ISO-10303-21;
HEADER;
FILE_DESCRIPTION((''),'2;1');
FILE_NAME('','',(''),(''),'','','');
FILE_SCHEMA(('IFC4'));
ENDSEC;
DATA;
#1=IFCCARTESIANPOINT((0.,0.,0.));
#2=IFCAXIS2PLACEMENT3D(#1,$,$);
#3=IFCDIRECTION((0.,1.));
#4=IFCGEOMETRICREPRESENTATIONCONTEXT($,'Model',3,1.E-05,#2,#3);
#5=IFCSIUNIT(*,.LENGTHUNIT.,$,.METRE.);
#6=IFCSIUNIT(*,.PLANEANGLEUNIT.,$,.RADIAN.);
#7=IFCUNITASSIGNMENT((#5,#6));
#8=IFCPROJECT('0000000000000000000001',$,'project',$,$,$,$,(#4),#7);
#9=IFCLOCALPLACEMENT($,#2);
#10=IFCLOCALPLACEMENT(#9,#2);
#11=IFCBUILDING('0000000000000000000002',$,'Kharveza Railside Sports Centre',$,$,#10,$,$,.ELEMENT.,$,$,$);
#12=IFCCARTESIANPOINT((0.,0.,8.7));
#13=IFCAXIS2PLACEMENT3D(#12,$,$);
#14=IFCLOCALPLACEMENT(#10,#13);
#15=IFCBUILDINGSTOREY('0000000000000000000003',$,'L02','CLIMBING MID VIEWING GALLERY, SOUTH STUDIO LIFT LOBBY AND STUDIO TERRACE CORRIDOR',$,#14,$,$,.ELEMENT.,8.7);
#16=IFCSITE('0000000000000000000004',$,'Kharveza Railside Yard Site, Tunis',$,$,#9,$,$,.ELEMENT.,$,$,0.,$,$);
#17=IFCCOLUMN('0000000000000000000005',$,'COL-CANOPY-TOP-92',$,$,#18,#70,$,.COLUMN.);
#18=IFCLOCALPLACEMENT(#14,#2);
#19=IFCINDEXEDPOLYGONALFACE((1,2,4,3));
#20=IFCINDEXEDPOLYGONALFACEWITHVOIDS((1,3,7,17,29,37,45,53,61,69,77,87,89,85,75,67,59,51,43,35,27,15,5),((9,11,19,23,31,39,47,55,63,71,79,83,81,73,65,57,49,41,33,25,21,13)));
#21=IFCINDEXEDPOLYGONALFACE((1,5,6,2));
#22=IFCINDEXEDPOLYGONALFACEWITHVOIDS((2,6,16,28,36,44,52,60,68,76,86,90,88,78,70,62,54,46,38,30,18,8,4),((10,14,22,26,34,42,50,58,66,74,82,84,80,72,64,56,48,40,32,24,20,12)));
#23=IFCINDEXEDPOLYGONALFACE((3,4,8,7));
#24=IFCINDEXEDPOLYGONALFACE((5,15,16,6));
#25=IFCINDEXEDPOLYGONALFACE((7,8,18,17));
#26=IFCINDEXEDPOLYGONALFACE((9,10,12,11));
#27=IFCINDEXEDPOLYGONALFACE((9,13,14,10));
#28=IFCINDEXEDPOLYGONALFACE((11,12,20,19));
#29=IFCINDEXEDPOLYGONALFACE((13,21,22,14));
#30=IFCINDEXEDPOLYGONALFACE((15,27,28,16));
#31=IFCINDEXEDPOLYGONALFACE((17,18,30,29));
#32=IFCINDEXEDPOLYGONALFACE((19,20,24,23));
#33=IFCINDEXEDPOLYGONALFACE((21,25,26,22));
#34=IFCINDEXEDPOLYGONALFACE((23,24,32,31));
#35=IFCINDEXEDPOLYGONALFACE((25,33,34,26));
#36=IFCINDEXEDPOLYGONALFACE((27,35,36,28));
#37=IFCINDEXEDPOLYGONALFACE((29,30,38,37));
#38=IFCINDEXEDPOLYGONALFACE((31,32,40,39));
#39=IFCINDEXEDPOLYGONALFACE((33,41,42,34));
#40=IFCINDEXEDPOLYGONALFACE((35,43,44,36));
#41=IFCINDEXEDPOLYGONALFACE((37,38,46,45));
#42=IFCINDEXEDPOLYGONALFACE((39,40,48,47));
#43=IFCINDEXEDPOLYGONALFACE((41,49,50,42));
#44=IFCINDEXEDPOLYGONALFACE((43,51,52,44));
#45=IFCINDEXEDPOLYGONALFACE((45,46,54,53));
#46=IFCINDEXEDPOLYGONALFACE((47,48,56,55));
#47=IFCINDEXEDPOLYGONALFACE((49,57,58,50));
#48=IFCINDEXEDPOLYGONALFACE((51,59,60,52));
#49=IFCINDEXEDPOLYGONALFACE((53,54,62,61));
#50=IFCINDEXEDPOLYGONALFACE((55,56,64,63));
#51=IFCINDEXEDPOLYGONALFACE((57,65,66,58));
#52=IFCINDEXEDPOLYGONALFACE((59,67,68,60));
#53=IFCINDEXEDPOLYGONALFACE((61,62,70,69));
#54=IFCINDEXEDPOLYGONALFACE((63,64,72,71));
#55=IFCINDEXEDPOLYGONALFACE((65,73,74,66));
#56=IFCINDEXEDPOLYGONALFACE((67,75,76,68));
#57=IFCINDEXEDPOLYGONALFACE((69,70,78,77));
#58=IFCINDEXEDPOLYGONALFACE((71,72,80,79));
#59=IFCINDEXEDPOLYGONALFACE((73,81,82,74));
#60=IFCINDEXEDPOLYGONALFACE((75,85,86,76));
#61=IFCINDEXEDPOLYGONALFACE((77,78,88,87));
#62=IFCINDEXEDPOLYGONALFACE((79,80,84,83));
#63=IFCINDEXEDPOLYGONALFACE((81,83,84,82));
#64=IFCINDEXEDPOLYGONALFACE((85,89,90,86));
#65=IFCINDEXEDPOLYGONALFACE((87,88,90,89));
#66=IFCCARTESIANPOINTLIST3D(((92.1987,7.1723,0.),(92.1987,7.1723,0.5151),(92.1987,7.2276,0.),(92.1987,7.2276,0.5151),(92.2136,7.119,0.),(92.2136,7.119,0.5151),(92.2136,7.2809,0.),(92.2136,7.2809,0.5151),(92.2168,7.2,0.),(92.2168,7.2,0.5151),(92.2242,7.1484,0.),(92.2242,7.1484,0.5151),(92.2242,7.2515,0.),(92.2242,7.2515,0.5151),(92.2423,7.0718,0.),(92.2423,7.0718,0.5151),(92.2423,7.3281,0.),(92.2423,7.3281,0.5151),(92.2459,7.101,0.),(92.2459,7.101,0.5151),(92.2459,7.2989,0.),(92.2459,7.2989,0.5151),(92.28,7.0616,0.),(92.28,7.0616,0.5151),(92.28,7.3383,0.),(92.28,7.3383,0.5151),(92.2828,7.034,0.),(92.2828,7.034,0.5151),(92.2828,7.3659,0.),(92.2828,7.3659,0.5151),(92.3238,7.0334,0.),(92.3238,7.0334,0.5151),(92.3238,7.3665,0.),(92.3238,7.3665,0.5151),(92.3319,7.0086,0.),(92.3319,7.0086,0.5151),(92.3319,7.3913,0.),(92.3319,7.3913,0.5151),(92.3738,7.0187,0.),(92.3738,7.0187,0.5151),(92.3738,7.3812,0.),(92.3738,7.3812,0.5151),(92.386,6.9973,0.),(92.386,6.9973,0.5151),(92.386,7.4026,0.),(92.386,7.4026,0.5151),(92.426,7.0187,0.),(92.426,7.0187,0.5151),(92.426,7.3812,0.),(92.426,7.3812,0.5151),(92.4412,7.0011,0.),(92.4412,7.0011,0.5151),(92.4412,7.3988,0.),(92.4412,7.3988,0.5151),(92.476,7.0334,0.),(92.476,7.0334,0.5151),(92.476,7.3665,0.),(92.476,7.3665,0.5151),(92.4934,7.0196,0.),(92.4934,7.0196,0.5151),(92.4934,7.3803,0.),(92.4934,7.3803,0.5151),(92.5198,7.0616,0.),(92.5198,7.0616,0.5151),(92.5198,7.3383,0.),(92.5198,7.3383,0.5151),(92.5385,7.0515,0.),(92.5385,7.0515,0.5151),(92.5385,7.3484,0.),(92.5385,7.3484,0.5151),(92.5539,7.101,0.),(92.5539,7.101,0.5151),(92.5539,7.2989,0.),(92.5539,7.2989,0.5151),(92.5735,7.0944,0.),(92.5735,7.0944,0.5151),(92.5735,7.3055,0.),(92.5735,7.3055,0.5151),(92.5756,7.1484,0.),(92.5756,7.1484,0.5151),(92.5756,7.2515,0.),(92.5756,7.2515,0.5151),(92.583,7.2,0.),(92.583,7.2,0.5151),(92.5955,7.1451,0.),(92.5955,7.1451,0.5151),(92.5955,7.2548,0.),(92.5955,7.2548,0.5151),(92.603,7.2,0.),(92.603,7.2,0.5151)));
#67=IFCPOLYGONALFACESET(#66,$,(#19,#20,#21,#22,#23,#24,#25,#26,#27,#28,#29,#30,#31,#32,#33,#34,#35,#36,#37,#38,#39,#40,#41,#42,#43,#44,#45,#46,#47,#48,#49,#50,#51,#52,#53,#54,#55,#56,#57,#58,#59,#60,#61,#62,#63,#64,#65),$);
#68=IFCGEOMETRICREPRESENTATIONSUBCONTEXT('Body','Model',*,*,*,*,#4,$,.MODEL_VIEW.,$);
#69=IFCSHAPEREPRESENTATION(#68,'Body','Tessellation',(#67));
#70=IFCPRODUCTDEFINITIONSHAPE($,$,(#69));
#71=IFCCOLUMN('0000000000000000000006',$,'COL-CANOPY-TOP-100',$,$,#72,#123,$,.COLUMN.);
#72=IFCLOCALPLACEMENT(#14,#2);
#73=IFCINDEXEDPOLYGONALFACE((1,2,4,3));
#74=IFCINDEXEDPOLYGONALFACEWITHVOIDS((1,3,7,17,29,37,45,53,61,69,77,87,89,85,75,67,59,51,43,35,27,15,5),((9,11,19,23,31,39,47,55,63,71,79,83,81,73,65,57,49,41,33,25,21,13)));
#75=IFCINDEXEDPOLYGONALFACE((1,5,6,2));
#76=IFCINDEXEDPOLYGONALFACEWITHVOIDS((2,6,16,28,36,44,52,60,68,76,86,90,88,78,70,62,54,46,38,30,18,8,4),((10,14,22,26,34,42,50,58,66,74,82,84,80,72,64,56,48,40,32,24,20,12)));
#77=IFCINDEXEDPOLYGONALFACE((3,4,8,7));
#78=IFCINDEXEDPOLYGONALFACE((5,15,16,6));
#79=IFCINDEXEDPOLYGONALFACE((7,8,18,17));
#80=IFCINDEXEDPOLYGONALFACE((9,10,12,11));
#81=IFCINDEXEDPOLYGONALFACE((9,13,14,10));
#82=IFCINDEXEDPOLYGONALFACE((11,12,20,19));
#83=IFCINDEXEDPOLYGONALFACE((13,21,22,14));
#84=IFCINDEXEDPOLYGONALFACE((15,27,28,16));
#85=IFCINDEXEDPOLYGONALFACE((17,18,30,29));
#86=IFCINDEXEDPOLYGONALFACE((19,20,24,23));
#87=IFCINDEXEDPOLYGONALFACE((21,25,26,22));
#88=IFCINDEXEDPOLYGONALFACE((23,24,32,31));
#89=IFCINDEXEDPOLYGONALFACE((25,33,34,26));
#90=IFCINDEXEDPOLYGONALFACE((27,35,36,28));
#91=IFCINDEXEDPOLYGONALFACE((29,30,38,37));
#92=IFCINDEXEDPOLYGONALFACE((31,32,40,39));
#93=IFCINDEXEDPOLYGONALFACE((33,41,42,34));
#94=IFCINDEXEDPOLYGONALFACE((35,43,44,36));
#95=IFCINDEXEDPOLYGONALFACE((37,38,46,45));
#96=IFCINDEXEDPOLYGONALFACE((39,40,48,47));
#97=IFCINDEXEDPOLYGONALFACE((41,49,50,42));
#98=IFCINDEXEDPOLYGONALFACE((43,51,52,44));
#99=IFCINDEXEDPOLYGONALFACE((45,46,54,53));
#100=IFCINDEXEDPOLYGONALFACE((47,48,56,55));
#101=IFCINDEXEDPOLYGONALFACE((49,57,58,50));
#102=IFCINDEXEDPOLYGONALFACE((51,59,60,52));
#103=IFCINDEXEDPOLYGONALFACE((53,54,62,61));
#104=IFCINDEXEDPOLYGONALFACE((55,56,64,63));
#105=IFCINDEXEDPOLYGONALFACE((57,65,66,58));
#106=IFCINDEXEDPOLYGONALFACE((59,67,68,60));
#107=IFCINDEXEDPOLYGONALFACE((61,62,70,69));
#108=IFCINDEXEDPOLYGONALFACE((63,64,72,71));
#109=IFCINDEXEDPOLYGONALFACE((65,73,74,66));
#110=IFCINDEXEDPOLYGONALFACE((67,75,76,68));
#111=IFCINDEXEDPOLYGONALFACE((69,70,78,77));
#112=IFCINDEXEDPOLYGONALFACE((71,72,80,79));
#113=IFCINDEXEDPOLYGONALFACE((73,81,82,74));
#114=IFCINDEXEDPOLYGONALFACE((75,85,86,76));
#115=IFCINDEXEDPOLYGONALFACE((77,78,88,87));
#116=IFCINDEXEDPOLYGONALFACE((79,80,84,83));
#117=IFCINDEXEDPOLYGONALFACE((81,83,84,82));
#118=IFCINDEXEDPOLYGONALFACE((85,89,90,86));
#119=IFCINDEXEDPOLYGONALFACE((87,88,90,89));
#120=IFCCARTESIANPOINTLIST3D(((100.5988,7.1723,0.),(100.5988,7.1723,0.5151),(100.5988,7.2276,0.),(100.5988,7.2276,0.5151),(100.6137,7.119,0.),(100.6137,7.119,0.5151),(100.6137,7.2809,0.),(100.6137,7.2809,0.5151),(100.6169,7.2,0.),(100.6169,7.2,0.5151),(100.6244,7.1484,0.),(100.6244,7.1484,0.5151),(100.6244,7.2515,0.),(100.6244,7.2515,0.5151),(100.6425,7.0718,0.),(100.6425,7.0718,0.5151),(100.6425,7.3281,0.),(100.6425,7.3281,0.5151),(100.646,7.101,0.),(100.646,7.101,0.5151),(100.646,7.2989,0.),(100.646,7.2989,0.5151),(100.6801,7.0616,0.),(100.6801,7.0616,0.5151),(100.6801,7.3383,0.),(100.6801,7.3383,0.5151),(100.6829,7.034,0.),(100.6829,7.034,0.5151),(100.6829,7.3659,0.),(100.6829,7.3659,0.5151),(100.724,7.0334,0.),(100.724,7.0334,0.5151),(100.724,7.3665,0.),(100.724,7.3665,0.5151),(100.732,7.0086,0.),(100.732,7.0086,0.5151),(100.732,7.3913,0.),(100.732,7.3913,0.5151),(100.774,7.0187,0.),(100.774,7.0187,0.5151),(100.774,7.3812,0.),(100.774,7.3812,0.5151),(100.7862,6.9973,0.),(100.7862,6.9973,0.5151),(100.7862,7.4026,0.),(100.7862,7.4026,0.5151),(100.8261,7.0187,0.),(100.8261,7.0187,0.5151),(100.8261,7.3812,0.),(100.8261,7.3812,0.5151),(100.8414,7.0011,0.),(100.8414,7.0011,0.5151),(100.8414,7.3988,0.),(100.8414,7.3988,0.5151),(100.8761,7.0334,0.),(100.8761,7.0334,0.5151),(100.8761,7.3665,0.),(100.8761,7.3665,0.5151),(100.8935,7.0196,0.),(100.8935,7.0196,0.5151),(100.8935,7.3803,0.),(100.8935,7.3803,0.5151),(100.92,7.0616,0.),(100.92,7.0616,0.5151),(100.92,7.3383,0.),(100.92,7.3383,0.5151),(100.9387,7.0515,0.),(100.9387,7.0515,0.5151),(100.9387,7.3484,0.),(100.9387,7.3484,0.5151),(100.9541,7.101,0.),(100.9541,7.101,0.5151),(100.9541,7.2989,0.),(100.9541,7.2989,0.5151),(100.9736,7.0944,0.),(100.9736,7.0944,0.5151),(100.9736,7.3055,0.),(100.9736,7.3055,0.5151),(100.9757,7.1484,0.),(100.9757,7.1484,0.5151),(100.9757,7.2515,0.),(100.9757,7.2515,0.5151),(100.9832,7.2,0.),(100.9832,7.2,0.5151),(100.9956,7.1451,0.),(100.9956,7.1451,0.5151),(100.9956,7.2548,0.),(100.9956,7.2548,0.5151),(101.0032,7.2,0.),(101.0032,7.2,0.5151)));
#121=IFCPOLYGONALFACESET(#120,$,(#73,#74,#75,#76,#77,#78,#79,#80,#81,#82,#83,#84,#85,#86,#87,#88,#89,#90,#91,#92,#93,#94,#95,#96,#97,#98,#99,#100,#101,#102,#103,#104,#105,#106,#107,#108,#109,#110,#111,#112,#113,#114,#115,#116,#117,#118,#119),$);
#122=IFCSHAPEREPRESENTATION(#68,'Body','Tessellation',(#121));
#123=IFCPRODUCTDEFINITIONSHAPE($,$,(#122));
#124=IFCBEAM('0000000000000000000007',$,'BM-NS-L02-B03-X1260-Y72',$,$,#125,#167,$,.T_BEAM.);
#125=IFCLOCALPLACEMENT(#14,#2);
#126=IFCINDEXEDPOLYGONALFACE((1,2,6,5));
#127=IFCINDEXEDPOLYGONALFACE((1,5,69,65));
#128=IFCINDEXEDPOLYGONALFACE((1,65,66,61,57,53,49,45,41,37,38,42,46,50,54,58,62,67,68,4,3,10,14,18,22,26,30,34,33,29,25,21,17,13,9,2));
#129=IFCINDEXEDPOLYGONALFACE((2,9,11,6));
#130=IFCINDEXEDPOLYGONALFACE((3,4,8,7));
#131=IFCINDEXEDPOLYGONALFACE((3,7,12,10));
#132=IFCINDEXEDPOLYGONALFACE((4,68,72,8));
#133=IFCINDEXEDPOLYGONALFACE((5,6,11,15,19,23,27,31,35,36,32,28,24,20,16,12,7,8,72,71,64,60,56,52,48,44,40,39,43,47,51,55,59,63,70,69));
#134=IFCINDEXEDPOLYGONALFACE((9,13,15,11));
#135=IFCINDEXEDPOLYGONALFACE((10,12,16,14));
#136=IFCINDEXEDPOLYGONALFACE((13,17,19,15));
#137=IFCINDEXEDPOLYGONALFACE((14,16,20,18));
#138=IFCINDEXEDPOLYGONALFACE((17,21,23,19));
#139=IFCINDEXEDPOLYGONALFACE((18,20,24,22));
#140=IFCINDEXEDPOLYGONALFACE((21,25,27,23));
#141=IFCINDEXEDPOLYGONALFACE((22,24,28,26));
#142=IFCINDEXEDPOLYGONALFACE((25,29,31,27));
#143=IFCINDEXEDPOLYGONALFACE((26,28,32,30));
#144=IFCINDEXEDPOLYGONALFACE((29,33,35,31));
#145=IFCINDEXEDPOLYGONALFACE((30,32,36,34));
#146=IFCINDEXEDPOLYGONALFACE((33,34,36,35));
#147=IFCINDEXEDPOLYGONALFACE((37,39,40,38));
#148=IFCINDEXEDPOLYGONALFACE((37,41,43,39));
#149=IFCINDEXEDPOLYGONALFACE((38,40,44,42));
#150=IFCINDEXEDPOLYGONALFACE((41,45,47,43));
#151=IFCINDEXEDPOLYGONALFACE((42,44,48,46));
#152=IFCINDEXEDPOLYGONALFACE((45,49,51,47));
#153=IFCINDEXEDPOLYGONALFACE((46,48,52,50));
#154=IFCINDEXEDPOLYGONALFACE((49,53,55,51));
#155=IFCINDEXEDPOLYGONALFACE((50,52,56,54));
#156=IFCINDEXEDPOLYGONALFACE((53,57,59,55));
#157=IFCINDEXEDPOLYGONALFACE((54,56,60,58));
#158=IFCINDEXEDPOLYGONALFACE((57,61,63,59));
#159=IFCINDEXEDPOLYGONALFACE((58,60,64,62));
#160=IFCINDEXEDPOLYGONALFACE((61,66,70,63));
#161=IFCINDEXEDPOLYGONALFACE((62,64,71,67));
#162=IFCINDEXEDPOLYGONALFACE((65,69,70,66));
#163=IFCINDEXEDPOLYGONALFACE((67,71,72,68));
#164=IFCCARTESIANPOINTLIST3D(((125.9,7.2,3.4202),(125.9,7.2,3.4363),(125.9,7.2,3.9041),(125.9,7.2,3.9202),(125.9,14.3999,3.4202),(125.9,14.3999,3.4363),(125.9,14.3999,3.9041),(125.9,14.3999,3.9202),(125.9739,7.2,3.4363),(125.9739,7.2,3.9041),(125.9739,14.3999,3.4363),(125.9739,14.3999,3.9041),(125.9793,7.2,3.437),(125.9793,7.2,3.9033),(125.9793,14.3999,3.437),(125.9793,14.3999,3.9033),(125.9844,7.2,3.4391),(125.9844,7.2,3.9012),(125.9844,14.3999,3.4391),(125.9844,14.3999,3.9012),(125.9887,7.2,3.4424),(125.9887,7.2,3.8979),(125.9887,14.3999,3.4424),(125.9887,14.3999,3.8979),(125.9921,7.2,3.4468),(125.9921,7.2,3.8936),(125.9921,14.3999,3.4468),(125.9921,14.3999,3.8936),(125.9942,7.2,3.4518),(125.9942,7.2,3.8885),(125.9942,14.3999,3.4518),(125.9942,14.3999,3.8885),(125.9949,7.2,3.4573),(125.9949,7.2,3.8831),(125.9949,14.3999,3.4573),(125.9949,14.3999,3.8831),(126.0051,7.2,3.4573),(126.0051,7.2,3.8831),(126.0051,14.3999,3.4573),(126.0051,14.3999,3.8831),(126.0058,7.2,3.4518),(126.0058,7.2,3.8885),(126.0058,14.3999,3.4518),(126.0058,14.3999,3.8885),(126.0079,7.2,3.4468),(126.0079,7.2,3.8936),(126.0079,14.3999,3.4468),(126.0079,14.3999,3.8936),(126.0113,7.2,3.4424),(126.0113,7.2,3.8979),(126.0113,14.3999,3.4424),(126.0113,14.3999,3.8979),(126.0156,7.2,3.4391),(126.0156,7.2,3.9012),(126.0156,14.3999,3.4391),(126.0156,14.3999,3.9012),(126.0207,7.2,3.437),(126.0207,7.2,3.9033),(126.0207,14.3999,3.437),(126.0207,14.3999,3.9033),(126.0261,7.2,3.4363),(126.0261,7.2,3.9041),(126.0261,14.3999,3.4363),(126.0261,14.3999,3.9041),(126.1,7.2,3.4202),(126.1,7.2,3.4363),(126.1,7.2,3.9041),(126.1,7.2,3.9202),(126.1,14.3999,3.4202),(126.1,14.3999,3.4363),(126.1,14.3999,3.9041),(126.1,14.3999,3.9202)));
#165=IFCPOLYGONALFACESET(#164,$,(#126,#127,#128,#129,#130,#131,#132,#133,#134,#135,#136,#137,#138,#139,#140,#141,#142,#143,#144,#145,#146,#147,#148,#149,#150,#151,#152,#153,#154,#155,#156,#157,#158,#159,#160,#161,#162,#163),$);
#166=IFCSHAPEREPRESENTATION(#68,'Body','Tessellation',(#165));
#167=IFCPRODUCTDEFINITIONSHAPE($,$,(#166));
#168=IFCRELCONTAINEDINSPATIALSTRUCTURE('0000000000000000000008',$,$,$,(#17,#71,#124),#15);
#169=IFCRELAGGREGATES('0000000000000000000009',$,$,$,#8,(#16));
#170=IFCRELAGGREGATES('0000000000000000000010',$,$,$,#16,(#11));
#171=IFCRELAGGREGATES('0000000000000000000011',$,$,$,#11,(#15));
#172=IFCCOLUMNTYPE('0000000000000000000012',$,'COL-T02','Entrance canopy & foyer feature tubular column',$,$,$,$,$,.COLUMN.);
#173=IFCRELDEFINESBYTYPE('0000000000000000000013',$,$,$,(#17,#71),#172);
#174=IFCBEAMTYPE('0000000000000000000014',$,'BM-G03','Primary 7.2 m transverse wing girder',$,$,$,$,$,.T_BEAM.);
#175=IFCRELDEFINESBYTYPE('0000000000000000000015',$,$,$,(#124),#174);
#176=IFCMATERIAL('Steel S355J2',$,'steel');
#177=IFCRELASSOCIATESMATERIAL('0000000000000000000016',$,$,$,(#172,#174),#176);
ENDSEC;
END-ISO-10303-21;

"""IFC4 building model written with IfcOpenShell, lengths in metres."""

from ifc_helpers import new_model, si_unit, direction, frame, origin, origin_2d, place, context, subcontext, project, spatial, hollow_circle, i_section, extrude, material, material_profile, profile_set, type_object, element, save


model = new_model("IFC4")

# Units and contexts
model_context = context("Model", 3, precision=1e-05, world=origin(), true_north=direction((0.0, 1.0)))
body_context = subcontext(model_context, "Body", "Model", "MODEL_VIEW")
ifc_project = project(units=[si_unit("LENGTHUNIT", "METRE"), si_unit("PLANEANGLEUNIT", "RADIAN")], contexts=[model_context])

# Site, building, storey
site_placement = place(None, origin())
site = spatial("IfcSite", under=ifc_project, at=site_placement, Name="Kharveza Railside Yard Site, Tunis", CompositionType="ELEMENT", RefElevation=0.0)
building_placement = place(site_placement, origin())
building = spatial("IfcBuilding", under=site, at=building_placement, Name="Kharveza Railside Sports Centre", CompositionType="ELEMENT")
storey_placement = place(building_placement, frame((0.0, 0.0, 8.7)))
storey = spatial("IfcBuildingStorey", under=building, at=storey_placement, Name="L02", Description="CLIMBING MID VIEWING GALLERY, SOUTH STUDIO LIFT LOBBY AND STUDIO TERRACE CORRIDOR", CompositionType="ELEMENT", Elevation=8.7)

# Columns
ifc_material_1 = material(Name="Steel S355J2", Category="steel")
ifc_material_profile_1 = material_profile(ifc_material_1, hollow_circle(Radius=0.2031, WallThickness=0.02, at=origin_2d()), Name="CHS 406.4x20.0")
ifc_profile_set_1 = profile_set([ifc_material_profile_1], Name="Steel S355J2")
column_type_1 = type_object("IfcColumnType", Name="COL-T02", Description="Entrance canopy & foyer feature tubular column", PredefinedType="COLUMN", material=ifc_profile_set_1)
for number, where, z_axis, x_axis, name in (
    (1, (92.3999, 7.2, 0.0), (0.0, 0.0, 1.0), (1.0, 0.0, 0.0), "COL-CANOPY-TOP-92"),
    (2, (100.8, 7.2, 0.0), (0.0, 0.0, 1.0), (1.0, 0.0, 0.0), "COL-CANOPY-TOP-100"),
):
    element("IfcColumn", number, at=place(storey_placement, frame(where, z_axis=z_axis, x_axis=x_axis)), inside=storey, type_object=column_type_1, Name=name, PredefinedType="COLUMN", context=body_context, shape_type="SweptSolid", body=[
        extrude(hollow_circle(Radius=0.2031, WallThickness=0.02, at=origin_2d()), origin(), (0.0, 0.0, 1.0), 0.5151),
    ])

# Beam
ifc_material_profile_2 = material_profile(ifc_material_1, i_section(OverallWidth=0.2, OverallDepth=0.5, WebThickness=0.0103, FlangeThickness=0.0161, FilletRadius=0.021, at=origin_2d()), Name="IPE 500")
ifc_profile_set_2 = profile_set([ifc_material_profile_2], Name="Steel S355J2")
beam_type_1 = type_object("IfcBeamType", Name="BM-G03", Description="Primary 7.2 m transverse wing girder", PredefinedType="T_BEAM", material=ifc_profile_set_2)
beam_1_placement = place(storey_placement, frame((126.0, 7.2, 3.6702), z_axis=(0.0, 1.0, 0.0), x_axis=(-1.0, 0.0, 0.0)))
element("IfcBeam", 3, at=beam_1_placement, inside=storey, type_object=beam_type_1, Name="BM-NS-L02-B03-X1260-Y72", PredefinedType="T_BEAM", context=body_context, shape_type="SweptSolid", body=[
    extrude(i_section(OverallWidth=0.2, OverallDepth=0.5, WebThickness=0.0103, FlangeThickness=0.0161, FilletRadius=0.021, at=origin_2d()), origin(), (0.0, 0.0, 1.0), 7.2),
])

save(model, "model.ifc")
